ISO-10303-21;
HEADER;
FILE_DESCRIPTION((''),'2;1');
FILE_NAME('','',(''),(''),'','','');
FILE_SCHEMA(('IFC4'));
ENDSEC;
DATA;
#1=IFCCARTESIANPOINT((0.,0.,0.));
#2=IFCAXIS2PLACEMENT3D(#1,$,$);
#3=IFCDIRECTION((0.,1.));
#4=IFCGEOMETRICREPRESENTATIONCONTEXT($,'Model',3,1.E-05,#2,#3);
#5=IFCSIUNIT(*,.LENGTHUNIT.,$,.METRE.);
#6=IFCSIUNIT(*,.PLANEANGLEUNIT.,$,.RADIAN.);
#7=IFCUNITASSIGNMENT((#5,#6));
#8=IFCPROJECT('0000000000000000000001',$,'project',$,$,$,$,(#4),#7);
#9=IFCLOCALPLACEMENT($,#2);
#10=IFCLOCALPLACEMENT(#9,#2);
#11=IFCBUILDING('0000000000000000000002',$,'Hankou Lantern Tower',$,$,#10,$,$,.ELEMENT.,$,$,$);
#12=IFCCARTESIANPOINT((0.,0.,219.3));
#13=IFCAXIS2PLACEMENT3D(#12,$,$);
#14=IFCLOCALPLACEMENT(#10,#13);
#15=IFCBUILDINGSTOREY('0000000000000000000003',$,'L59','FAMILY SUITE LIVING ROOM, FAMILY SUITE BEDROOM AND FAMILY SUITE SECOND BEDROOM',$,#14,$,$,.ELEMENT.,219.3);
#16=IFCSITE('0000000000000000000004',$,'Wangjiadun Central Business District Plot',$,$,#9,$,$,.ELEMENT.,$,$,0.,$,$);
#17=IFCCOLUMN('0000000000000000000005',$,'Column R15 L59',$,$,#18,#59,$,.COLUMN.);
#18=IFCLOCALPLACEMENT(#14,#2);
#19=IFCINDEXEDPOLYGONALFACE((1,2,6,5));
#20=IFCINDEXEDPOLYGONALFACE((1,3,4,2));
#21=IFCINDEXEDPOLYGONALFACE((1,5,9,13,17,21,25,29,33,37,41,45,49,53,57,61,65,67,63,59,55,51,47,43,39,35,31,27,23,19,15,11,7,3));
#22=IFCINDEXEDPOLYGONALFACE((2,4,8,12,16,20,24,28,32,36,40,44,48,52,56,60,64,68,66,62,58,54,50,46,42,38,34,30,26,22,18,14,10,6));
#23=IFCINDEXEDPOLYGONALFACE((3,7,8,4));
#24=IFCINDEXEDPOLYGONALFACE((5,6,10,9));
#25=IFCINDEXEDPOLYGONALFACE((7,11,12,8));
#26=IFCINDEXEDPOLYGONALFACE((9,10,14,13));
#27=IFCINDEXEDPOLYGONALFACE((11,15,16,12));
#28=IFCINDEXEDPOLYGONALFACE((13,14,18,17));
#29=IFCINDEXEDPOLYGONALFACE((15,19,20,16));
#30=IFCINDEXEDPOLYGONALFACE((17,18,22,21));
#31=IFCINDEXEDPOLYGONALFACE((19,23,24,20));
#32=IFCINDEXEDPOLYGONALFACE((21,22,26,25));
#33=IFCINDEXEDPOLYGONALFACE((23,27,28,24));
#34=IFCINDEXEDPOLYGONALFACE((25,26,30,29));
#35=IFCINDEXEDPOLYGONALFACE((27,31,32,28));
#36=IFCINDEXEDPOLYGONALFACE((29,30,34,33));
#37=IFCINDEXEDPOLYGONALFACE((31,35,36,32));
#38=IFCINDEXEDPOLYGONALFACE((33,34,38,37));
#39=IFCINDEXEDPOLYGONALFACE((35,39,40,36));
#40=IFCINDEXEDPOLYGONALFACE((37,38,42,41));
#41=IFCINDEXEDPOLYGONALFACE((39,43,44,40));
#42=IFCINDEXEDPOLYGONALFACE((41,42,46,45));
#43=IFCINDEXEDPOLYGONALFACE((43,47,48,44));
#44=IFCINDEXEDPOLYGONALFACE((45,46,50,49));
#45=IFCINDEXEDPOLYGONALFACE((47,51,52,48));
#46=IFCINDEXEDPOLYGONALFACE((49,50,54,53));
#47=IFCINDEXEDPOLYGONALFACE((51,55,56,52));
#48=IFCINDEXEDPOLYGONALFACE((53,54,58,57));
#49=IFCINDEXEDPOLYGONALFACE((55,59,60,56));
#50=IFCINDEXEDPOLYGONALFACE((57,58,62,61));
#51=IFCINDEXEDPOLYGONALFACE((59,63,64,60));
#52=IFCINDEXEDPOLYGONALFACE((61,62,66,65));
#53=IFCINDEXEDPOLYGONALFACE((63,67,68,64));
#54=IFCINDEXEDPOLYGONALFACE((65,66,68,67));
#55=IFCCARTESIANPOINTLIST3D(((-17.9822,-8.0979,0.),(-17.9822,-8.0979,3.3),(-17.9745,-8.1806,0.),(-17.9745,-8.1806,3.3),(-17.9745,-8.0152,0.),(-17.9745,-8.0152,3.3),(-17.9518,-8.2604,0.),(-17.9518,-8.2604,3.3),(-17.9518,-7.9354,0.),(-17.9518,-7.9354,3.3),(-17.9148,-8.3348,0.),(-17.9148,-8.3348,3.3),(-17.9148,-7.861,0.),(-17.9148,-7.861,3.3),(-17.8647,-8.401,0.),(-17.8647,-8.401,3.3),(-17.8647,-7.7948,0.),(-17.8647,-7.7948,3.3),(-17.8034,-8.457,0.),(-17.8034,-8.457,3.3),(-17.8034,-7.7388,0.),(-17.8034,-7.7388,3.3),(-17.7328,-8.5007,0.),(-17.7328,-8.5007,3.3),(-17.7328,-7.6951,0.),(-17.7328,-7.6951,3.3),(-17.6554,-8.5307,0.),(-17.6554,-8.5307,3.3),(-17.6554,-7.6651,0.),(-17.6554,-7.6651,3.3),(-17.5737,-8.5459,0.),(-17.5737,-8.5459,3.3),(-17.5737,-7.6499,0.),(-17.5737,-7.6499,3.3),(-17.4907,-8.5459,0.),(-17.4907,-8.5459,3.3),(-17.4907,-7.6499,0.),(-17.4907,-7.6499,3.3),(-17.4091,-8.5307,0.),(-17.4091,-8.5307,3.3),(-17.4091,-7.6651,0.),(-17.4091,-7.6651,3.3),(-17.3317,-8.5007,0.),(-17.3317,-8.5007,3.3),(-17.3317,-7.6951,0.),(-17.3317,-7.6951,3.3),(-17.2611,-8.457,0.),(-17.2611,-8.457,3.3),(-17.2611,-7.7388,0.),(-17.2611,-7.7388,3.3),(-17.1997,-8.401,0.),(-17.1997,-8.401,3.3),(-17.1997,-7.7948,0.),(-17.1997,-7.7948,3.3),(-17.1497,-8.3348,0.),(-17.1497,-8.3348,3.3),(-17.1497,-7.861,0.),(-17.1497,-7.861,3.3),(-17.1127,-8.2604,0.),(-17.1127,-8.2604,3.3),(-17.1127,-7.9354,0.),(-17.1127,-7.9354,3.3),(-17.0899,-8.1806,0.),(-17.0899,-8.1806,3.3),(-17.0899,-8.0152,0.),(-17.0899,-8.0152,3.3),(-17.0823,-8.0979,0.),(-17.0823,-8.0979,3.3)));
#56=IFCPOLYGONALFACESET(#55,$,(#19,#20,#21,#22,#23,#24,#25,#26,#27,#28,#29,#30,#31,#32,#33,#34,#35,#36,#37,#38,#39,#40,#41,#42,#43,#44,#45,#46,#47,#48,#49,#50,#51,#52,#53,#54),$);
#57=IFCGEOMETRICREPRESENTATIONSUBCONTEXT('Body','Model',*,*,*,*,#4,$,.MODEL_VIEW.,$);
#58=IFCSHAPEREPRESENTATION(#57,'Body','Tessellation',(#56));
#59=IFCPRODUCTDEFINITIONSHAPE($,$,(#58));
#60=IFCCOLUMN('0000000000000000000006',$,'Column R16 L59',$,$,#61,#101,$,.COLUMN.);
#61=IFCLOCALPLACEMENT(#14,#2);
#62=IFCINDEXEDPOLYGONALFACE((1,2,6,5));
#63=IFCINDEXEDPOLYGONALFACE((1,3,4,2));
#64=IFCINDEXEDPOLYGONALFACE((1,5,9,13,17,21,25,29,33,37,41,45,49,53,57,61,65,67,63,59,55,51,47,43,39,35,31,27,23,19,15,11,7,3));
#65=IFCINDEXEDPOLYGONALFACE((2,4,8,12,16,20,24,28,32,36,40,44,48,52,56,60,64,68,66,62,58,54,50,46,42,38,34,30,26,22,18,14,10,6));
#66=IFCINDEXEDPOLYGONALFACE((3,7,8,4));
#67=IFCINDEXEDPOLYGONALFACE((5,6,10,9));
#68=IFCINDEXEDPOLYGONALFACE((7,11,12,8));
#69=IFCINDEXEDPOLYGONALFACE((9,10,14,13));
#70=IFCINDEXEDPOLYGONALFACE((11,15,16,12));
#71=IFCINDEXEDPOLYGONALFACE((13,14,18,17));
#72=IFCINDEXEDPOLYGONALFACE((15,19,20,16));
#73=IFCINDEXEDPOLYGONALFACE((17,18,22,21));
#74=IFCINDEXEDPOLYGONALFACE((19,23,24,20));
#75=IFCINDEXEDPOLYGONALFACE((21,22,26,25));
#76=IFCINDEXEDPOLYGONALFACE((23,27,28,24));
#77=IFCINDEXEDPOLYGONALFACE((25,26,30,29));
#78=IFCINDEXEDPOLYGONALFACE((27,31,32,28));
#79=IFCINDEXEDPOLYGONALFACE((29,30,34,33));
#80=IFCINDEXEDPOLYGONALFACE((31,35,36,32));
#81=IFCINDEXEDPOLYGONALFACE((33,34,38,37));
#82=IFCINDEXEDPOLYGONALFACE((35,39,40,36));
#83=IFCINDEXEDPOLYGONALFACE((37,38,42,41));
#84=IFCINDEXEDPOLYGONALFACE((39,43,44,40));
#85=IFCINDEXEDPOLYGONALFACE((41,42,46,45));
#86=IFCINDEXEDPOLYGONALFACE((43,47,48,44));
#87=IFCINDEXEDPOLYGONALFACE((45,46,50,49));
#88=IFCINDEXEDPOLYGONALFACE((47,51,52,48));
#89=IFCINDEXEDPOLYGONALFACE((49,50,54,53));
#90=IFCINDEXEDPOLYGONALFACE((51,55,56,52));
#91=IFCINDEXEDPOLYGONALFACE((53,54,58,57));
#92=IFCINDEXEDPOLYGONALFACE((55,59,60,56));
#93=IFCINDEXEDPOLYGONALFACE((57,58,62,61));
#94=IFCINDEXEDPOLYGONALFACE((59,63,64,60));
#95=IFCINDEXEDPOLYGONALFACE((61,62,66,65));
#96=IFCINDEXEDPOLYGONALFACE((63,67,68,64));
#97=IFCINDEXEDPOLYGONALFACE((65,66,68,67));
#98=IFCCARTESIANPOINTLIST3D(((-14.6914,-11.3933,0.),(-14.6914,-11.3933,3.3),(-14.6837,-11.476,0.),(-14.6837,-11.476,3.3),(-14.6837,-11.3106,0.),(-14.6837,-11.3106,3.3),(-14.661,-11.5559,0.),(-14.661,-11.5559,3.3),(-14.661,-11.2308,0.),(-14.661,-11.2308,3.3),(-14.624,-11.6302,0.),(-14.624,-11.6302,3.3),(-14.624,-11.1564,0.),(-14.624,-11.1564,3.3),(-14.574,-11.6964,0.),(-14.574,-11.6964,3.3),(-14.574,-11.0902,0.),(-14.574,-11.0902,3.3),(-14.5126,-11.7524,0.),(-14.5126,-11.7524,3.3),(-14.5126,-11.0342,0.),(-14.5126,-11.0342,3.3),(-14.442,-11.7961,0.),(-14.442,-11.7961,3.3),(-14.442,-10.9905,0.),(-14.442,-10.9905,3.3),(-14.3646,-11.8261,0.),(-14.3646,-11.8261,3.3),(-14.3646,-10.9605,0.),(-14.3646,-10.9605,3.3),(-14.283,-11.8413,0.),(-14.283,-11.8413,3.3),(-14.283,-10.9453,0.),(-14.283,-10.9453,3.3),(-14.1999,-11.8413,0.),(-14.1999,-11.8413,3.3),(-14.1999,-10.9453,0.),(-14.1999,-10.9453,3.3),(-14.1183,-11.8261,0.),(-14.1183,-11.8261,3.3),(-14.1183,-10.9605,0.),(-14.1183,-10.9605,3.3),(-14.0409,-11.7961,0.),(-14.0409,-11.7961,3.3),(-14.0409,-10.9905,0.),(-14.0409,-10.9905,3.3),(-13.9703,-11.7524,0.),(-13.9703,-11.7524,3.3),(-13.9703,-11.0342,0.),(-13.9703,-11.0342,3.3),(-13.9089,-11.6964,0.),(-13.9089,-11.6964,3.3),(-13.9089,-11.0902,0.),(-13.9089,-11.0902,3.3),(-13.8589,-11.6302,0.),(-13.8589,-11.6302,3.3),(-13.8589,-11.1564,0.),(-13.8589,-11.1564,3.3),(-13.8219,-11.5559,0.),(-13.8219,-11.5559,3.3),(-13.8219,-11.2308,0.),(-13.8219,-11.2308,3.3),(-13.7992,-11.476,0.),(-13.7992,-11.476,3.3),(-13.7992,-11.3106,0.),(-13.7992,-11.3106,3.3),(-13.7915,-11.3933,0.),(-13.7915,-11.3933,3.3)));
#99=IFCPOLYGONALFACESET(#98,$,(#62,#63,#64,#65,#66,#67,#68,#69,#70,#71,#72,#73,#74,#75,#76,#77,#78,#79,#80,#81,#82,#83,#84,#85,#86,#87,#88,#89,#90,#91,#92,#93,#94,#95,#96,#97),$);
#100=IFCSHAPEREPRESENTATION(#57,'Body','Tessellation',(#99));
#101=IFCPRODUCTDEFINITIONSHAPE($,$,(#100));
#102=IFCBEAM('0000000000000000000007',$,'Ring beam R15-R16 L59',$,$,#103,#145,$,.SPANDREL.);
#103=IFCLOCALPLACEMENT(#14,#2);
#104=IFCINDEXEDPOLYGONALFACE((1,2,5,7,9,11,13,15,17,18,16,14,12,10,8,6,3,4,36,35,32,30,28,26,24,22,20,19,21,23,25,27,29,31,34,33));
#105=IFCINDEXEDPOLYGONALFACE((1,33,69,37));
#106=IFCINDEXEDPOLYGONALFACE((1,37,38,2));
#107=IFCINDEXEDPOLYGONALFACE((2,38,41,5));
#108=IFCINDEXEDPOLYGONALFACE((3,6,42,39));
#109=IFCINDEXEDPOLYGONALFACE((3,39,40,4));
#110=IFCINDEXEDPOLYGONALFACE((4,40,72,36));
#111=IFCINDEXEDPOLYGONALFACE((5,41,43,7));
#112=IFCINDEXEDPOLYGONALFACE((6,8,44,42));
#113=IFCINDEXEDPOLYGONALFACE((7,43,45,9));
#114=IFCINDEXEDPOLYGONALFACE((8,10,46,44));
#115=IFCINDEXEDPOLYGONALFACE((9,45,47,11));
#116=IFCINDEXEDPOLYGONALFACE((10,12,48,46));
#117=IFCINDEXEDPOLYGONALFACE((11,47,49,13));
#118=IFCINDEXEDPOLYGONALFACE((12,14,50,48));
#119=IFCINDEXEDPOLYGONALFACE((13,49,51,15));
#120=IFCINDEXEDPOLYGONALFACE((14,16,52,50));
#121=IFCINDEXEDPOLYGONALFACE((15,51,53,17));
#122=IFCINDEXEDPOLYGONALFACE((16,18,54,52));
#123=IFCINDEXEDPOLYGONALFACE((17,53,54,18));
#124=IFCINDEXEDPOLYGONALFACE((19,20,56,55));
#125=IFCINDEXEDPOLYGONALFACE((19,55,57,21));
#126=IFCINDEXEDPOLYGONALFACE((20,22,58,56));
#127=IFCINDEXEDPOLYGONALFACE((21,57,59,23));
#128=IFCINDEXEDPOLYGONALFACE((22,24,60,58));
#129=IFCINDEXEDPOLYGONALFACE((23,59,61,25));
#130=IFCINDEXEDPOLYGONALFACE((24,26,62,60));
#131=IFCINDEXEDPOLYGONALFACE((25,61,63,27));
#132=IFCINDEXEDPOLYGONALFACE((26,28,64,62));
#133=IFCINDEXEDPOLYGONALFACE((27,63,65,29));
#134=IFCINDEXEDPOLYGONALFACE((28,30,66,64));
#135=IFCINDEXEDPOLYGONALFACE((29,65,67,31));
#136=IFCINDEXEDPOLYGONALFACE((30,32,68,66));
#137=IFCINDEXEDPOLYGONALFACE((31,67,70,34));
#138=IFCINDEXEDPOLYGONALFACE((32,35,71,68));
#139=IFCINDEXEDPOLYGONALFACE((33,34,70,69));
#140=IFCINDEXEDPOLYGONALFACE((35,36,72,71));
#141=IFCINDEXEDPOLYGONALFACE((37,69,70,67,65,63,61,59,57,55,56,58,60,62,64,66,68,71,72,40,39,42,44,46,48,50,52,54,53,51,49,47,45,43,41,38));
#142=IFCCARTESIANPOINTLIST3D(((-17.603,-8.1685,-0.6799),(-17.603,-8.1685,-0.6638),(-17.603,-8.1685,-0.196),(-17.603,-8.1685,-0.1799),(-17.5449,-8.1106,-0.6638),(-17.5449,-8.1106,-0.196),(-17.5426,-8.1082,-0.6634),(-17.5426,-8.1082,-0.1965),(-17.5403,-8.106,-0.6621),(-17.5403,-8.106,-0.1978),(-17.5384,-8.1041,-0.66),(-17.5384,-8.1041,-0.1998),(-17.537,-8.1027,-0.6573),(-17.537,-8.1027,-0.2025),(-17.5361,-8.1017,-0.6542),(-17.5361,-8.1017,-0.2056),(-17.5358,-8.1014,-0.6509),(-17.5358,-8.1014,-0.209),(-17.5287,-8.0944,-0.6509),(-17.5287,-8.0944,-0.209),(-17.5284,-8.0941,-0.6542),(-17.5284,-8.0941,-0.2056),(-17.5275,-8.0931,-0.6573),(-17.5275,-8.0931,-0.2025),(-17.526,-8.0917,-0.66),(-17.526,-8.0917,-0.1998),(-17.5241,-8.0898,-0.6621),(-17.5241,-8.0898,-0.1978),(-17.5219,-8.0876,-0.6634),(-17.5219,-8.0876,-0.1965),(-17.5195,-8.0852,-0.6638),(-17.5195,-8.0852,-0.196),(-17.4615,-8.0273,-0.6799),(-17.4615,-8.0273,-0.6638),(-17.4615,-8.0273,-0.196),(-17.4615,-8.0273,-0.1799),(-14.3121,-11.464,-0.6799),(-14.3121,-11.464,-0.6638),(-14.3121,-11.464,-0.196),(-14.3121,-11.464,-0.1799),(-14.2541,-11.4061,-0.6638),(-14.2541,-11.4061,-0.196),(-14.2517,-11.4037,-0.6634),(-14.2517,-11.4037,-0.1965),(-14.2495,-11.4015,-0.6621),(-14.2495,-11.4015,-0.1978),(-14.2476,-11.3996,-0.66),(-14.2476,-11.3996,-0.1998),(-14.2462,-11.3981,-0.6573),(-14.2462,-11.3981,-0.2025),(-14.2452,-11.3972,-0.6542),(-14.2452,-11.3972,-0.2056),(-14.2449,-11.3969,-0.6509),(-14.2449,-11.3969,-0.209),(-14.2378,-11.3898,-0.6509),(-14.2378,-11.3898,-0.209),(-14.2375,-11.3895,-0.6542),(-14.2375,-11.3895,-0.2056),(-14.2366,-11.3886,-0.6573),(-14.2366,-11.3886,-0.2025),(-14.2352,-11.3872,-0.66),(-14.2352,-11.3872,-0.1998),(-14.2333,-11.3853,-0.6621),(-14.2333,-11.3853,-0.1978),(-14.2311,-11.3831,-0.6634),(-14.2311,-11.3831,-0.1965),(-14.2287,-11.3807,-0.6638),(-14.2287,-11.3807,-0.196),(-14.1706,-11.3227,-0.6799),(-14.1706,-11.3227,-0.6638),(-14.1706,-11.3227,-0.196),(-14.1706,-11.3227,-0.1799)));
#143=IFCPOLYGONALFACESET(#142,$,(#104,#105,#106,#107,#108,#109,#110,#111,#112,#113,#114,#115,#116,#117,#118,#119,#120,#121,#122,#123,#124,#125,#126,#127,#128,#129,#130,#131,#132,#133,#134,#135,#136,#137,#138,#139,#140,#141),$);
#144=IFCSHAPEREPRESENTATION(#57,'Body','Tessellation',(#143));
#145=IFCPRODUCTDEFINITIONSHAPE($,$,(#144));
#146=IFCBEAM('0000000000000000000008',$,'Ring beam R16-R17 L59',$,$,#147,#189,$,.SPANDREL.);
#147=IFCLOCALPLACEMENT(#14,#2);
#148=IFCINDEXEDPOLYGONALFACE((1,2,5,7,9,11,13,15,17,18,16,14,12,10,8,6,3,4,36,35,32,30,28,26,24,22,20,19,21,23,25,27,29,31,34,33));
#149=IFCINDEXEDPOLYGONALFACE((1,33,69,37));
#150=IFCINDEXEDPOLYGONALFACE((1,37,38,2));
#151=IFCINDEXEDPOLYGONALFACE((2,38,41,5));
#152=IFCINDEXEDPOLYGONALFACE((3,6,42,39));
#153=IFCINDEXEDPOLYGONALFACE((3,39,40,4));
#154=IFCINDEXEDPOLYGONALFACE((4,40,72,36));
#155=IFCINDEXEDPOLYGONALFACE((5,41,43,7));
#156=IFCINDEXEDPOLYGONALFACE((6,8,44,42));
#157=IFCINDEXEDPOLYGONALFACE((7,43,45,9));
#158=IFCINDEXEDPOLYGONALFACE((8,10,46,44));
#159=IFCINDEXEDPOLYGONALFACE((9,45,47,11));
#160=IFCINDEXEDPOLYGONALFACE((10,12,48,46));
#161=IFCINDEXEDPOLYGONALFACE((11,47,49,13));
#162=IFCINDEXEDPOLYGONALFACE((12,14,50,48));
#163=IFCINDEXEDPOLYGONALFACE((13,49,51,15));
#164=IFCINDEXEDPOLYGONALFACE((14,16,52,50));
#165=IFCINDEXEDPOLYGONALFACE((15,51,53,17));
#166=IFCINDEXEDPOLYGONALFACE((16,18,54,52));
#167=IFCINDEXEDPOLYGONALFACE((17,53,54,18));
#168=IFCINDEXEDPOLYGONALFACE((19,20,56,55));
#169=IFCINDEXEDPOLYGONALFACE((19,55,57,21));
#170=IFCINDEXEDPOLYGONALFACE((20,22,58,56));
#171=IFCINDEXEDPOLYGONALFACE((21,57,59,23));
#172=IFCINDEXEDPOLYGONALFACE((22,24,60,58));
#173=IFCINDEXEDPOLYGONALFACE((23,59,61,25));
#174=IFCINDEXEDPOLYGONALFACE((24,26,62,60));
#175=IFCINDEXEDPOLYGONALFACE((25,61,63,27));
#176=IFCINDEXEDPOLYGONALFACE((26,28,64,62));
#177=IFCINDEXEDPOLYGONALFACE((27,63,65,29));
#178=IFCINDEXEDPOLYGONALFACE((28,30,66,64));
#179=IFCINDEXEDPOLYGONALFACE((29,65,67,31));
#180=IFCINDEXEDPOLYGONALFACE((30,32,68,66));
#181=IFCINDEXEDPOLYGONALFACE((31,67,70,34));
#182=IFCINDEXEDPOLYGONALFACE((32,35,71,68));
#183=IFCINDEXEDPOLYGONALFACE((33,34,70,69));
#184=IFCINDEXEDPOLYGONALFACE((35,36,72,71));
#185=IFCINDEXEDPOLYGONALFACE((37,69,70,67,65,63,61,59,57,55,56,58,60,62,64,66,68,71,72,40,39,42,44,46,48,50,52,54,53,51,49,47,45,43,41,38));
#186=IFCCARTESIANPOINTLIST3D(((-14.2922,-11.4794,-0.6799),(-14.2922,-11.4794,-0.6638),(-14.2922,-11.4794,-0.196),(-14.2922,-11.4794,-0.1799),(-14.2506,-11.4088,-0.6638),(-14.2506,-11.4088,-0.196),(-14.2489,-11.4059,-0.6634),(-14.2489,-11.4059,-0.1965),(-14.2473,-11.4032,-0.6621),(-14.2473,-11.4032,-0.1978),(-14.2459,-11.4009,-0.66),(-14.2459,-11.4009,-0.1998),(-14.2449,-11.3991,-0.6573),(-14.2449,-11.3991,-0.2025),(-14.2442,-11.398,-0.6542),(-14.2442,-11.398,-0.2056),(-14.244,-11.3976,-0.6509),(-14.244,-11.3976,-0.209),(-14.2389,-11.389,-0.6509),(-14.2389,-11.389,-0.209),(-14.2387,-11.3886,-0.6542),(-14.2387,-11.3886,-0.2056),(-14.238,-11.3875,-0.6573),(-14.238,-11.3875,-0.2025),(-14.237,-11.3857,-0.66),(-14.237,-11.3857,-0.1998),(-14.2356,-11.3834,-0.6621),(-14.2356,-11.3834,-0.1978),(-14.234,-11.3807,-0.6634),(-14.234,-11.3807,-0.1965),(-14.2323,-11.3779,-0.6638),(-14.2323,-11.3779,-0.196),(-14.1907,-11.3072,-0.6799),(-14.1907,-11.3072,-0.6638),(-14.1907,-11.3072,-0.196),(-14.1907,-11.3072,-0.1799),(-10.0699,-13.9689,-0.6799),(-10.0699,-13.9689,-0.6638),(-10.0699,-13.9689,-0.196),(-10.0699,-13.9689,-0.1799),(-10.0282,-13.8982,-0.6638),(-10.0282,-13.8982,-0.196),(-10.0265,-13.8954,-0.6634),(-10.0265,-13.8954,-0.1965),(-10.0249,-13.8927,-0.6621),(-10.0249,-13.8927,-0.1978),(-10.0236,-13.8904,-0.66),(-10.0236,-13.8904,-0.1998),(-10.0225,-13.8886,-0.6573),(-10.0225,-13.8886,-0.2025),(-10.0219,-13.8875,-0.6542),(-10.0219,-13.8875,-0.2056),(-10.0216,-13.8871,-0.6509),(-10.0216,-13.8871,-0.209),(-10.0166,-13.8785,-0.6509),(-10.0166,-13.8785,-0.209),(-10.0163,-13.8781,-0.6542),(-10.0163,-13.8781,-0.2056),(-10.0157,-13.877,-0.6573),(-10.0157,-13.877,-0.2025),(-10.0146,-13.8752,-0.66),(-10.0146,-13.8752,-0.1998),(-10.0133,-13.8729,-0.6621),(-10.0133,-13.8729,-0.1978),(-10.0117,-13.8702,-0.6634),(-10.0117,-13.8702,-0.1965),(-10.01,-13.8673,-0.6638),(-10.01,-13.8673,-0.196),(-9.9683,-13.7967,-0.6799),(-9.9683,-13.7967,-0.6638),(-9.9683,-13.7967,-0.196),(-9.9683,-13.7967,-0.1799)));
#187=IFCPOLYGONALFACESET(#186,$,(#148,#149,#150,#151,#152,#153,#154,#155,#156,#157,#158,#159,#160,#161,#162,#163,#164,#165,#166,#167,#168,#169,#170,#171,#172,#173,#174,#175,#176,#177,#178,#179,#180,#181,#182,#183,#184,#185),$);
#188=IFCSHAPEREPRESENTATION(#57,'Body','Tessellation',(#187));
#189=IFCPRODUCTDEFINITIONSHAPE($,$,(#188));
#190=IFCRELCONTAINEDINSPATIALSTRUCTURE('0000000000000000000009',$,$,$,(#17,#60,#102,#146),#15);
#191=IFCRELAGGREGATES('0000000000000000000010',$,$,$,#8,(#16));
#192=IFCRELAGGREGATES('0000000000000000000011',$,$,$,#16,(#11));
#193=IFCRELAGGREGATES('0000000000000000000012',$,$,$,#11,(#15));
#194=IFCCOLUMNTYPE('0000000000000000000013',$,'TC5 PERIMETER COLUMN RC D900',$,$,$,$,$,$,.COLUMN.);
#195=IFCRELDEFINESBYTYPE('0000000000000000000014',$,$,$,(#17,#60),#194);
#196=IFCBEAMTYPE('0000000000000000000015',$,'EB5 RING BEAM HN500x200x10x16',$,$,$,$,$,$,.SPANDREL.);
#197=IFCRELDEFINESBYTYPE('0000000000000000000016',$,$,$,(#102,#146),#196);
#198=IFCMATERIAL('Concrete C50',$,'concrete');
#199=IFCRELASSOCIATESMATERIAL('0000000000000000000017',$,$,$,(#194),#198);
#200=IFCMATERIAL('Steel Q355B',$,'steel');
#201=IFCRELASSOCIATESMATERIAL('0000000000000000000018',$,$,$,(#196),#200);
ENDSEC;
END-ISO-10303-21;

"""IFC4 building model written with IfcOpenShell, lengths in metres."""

from ifc_helpers import new_model, si_unit, direction, frame, origin, origin_2d, place, context, subcontext, project, spatial, circle, i_section, extrude, material, material_profile, profile_set, type_object, element, save


model = new_model("IFC4")

# Units and contexts
model_context = context("Model", 3, precision=1e-05, world=origin(), true_north=direction((0.0, 1.0)))
body_context = subcontext(model_context, "Body", "Model", "MODEL_VIEW")
ifc_project = project(units=[si_unit("LENGTHUNIT", "METRE"), si_unit("PLANEANGLEUNIT", "RADIAN")], contexts=[model_context])

# Site, building, storey
site_placement = place(None, origin())
site = spatial("IfcSite", under=ifc_project, at=site_placement, Name="Wangjiadun Central Business District Plot", CompositionType="ELEMENT", RefElevation=0.0)
building_placement = place(site_placement, origin())
building = spatial("IfcBuilding", under=site, at=building_placement, Name="Hankou Lantern Tower", CompositionType="ELEMENT")
storey_placement = place(building_placement, frame((0.0, 0.0, 219.3)))
storey = spatial("IfcBuildingStorey", under=building, at=storey_placement, Name="L59", Description="FAMILY SUITE LIVING ROOM, FAMILY SUITE BEDROOM AND FAMILY SUITE SECOND BEDROOM", CompositionType="ELEMENT", Elevation=219.3)

# Columns
ifc_material_1 = material(Name="Concrete C50", Category="concrete")
ifc_material_profile_1 = material_profile(ifc_material_1, circle(Radius=0.45, at=origin_2d()), Name="RC D900")
ifc_profile_set_1 = profile_set([ifc_material_profile_1], Name="Concrete C50")
column_type = type_object("IfcColumnType", Name="TC5 PERIMETER COLUMN RC D900", PredefinedType="COLUMN", material=ifc_profile_set_1)
for number, where, z_axis, x_axis, name in (
    (1, (-17.5322, -8.0979, 0.0), (0.0, 0.0, 1.0), (1.0, 0.0, 0.0), "Column R15 L59"),
    (2, (-14.2415, -11.3933, 0.0), (0.0, 0.0, 1.0), (1.0, 0.0, 0.0), "Column R16 L59"),
):
    element("IfcColumn", number, at=place(storey_placement, frame(where, z_axis=z_axis, x_axis=x_axis)), inside=storey, type_object=column_type, Name=name, PredefinedType="COLUMN", context=body_context, shape_type="SweptSolid", body=[
        extrude(circle(Radius=0.45, at=origin_2d()), origin(), (0.0, 0.0, 1.0), 3.3),
    ])

# Beams
ifc_material_2 = material(Name="Steel Q355B", Category="steel")
ifc_material_profile_2 = material_profile(ifc_material_2, i_section(OverallWidth=0.2, OverallDepth=0.5, WebThickness=0.01, FlangeThickness=0.0161, FilletRadius=0.0129, at=origin_2d()), Name="HN500x200x10x16")
ifc_profile_set_2 = profile_set([ifc_material_profile_2], Name="Steel Q355B")
beam_type_1 = type_object("IfcBeamType", Name="EB5 RING BEAM HN500x200x10x16", PredefinedType="SPANDREL", material=ifc_profile_set_2)
beam_1_placement = place(storey_placement, frame((-17.5322, -8.0979, -0.4299), z_axis=(0.706609, -0.707605, 0.0), x_axis=(0.707605, 0.706609, 0.0)))
element("IfcBeam", 3, at=beam_1_placement, inside=storey, type_object=beam_type_1, Name="Ring beam R15-R16 L59", PredefinedType="SPANDREL", context=body_context, shape_type="SweptSolid", body=[
    extrude(i_section(OverallWidth=0.2, OverallDepth=0.5, WebThickness=0.01, FlangeThickness=0.0161, FilletRadius=0.0129, at=origin_2d()), origin(), (0.0, 0.0, 1.0), 4.6572),
])
beam_2_placement = place(storey_placement, frame((-14.2415, -11.3933, -0.4299), z_axis=(0.861423, -0.507888, 0.0), x_axis=(0.507888, 0.861423, 0.0)))
element("IfcBeam", 4, at=beam_2_placement, inside=storey, type_object=beam_type_1, Name="Ring beam R16-R17 L59", PredefinedType="SPANDREL", context=body_context, shape_type="SweptSolid", body=[
    extrude(i_section(OverallWidth=0.2, OverallDepth=0.5, WebThickness=0.01, FlangeThickness=0.0161, FilletRadius=0.0129, at=origin_2d()), origin(), (0.0, 0.0, 1.0), 4.9016),
])

save(model, "model.ifc")
